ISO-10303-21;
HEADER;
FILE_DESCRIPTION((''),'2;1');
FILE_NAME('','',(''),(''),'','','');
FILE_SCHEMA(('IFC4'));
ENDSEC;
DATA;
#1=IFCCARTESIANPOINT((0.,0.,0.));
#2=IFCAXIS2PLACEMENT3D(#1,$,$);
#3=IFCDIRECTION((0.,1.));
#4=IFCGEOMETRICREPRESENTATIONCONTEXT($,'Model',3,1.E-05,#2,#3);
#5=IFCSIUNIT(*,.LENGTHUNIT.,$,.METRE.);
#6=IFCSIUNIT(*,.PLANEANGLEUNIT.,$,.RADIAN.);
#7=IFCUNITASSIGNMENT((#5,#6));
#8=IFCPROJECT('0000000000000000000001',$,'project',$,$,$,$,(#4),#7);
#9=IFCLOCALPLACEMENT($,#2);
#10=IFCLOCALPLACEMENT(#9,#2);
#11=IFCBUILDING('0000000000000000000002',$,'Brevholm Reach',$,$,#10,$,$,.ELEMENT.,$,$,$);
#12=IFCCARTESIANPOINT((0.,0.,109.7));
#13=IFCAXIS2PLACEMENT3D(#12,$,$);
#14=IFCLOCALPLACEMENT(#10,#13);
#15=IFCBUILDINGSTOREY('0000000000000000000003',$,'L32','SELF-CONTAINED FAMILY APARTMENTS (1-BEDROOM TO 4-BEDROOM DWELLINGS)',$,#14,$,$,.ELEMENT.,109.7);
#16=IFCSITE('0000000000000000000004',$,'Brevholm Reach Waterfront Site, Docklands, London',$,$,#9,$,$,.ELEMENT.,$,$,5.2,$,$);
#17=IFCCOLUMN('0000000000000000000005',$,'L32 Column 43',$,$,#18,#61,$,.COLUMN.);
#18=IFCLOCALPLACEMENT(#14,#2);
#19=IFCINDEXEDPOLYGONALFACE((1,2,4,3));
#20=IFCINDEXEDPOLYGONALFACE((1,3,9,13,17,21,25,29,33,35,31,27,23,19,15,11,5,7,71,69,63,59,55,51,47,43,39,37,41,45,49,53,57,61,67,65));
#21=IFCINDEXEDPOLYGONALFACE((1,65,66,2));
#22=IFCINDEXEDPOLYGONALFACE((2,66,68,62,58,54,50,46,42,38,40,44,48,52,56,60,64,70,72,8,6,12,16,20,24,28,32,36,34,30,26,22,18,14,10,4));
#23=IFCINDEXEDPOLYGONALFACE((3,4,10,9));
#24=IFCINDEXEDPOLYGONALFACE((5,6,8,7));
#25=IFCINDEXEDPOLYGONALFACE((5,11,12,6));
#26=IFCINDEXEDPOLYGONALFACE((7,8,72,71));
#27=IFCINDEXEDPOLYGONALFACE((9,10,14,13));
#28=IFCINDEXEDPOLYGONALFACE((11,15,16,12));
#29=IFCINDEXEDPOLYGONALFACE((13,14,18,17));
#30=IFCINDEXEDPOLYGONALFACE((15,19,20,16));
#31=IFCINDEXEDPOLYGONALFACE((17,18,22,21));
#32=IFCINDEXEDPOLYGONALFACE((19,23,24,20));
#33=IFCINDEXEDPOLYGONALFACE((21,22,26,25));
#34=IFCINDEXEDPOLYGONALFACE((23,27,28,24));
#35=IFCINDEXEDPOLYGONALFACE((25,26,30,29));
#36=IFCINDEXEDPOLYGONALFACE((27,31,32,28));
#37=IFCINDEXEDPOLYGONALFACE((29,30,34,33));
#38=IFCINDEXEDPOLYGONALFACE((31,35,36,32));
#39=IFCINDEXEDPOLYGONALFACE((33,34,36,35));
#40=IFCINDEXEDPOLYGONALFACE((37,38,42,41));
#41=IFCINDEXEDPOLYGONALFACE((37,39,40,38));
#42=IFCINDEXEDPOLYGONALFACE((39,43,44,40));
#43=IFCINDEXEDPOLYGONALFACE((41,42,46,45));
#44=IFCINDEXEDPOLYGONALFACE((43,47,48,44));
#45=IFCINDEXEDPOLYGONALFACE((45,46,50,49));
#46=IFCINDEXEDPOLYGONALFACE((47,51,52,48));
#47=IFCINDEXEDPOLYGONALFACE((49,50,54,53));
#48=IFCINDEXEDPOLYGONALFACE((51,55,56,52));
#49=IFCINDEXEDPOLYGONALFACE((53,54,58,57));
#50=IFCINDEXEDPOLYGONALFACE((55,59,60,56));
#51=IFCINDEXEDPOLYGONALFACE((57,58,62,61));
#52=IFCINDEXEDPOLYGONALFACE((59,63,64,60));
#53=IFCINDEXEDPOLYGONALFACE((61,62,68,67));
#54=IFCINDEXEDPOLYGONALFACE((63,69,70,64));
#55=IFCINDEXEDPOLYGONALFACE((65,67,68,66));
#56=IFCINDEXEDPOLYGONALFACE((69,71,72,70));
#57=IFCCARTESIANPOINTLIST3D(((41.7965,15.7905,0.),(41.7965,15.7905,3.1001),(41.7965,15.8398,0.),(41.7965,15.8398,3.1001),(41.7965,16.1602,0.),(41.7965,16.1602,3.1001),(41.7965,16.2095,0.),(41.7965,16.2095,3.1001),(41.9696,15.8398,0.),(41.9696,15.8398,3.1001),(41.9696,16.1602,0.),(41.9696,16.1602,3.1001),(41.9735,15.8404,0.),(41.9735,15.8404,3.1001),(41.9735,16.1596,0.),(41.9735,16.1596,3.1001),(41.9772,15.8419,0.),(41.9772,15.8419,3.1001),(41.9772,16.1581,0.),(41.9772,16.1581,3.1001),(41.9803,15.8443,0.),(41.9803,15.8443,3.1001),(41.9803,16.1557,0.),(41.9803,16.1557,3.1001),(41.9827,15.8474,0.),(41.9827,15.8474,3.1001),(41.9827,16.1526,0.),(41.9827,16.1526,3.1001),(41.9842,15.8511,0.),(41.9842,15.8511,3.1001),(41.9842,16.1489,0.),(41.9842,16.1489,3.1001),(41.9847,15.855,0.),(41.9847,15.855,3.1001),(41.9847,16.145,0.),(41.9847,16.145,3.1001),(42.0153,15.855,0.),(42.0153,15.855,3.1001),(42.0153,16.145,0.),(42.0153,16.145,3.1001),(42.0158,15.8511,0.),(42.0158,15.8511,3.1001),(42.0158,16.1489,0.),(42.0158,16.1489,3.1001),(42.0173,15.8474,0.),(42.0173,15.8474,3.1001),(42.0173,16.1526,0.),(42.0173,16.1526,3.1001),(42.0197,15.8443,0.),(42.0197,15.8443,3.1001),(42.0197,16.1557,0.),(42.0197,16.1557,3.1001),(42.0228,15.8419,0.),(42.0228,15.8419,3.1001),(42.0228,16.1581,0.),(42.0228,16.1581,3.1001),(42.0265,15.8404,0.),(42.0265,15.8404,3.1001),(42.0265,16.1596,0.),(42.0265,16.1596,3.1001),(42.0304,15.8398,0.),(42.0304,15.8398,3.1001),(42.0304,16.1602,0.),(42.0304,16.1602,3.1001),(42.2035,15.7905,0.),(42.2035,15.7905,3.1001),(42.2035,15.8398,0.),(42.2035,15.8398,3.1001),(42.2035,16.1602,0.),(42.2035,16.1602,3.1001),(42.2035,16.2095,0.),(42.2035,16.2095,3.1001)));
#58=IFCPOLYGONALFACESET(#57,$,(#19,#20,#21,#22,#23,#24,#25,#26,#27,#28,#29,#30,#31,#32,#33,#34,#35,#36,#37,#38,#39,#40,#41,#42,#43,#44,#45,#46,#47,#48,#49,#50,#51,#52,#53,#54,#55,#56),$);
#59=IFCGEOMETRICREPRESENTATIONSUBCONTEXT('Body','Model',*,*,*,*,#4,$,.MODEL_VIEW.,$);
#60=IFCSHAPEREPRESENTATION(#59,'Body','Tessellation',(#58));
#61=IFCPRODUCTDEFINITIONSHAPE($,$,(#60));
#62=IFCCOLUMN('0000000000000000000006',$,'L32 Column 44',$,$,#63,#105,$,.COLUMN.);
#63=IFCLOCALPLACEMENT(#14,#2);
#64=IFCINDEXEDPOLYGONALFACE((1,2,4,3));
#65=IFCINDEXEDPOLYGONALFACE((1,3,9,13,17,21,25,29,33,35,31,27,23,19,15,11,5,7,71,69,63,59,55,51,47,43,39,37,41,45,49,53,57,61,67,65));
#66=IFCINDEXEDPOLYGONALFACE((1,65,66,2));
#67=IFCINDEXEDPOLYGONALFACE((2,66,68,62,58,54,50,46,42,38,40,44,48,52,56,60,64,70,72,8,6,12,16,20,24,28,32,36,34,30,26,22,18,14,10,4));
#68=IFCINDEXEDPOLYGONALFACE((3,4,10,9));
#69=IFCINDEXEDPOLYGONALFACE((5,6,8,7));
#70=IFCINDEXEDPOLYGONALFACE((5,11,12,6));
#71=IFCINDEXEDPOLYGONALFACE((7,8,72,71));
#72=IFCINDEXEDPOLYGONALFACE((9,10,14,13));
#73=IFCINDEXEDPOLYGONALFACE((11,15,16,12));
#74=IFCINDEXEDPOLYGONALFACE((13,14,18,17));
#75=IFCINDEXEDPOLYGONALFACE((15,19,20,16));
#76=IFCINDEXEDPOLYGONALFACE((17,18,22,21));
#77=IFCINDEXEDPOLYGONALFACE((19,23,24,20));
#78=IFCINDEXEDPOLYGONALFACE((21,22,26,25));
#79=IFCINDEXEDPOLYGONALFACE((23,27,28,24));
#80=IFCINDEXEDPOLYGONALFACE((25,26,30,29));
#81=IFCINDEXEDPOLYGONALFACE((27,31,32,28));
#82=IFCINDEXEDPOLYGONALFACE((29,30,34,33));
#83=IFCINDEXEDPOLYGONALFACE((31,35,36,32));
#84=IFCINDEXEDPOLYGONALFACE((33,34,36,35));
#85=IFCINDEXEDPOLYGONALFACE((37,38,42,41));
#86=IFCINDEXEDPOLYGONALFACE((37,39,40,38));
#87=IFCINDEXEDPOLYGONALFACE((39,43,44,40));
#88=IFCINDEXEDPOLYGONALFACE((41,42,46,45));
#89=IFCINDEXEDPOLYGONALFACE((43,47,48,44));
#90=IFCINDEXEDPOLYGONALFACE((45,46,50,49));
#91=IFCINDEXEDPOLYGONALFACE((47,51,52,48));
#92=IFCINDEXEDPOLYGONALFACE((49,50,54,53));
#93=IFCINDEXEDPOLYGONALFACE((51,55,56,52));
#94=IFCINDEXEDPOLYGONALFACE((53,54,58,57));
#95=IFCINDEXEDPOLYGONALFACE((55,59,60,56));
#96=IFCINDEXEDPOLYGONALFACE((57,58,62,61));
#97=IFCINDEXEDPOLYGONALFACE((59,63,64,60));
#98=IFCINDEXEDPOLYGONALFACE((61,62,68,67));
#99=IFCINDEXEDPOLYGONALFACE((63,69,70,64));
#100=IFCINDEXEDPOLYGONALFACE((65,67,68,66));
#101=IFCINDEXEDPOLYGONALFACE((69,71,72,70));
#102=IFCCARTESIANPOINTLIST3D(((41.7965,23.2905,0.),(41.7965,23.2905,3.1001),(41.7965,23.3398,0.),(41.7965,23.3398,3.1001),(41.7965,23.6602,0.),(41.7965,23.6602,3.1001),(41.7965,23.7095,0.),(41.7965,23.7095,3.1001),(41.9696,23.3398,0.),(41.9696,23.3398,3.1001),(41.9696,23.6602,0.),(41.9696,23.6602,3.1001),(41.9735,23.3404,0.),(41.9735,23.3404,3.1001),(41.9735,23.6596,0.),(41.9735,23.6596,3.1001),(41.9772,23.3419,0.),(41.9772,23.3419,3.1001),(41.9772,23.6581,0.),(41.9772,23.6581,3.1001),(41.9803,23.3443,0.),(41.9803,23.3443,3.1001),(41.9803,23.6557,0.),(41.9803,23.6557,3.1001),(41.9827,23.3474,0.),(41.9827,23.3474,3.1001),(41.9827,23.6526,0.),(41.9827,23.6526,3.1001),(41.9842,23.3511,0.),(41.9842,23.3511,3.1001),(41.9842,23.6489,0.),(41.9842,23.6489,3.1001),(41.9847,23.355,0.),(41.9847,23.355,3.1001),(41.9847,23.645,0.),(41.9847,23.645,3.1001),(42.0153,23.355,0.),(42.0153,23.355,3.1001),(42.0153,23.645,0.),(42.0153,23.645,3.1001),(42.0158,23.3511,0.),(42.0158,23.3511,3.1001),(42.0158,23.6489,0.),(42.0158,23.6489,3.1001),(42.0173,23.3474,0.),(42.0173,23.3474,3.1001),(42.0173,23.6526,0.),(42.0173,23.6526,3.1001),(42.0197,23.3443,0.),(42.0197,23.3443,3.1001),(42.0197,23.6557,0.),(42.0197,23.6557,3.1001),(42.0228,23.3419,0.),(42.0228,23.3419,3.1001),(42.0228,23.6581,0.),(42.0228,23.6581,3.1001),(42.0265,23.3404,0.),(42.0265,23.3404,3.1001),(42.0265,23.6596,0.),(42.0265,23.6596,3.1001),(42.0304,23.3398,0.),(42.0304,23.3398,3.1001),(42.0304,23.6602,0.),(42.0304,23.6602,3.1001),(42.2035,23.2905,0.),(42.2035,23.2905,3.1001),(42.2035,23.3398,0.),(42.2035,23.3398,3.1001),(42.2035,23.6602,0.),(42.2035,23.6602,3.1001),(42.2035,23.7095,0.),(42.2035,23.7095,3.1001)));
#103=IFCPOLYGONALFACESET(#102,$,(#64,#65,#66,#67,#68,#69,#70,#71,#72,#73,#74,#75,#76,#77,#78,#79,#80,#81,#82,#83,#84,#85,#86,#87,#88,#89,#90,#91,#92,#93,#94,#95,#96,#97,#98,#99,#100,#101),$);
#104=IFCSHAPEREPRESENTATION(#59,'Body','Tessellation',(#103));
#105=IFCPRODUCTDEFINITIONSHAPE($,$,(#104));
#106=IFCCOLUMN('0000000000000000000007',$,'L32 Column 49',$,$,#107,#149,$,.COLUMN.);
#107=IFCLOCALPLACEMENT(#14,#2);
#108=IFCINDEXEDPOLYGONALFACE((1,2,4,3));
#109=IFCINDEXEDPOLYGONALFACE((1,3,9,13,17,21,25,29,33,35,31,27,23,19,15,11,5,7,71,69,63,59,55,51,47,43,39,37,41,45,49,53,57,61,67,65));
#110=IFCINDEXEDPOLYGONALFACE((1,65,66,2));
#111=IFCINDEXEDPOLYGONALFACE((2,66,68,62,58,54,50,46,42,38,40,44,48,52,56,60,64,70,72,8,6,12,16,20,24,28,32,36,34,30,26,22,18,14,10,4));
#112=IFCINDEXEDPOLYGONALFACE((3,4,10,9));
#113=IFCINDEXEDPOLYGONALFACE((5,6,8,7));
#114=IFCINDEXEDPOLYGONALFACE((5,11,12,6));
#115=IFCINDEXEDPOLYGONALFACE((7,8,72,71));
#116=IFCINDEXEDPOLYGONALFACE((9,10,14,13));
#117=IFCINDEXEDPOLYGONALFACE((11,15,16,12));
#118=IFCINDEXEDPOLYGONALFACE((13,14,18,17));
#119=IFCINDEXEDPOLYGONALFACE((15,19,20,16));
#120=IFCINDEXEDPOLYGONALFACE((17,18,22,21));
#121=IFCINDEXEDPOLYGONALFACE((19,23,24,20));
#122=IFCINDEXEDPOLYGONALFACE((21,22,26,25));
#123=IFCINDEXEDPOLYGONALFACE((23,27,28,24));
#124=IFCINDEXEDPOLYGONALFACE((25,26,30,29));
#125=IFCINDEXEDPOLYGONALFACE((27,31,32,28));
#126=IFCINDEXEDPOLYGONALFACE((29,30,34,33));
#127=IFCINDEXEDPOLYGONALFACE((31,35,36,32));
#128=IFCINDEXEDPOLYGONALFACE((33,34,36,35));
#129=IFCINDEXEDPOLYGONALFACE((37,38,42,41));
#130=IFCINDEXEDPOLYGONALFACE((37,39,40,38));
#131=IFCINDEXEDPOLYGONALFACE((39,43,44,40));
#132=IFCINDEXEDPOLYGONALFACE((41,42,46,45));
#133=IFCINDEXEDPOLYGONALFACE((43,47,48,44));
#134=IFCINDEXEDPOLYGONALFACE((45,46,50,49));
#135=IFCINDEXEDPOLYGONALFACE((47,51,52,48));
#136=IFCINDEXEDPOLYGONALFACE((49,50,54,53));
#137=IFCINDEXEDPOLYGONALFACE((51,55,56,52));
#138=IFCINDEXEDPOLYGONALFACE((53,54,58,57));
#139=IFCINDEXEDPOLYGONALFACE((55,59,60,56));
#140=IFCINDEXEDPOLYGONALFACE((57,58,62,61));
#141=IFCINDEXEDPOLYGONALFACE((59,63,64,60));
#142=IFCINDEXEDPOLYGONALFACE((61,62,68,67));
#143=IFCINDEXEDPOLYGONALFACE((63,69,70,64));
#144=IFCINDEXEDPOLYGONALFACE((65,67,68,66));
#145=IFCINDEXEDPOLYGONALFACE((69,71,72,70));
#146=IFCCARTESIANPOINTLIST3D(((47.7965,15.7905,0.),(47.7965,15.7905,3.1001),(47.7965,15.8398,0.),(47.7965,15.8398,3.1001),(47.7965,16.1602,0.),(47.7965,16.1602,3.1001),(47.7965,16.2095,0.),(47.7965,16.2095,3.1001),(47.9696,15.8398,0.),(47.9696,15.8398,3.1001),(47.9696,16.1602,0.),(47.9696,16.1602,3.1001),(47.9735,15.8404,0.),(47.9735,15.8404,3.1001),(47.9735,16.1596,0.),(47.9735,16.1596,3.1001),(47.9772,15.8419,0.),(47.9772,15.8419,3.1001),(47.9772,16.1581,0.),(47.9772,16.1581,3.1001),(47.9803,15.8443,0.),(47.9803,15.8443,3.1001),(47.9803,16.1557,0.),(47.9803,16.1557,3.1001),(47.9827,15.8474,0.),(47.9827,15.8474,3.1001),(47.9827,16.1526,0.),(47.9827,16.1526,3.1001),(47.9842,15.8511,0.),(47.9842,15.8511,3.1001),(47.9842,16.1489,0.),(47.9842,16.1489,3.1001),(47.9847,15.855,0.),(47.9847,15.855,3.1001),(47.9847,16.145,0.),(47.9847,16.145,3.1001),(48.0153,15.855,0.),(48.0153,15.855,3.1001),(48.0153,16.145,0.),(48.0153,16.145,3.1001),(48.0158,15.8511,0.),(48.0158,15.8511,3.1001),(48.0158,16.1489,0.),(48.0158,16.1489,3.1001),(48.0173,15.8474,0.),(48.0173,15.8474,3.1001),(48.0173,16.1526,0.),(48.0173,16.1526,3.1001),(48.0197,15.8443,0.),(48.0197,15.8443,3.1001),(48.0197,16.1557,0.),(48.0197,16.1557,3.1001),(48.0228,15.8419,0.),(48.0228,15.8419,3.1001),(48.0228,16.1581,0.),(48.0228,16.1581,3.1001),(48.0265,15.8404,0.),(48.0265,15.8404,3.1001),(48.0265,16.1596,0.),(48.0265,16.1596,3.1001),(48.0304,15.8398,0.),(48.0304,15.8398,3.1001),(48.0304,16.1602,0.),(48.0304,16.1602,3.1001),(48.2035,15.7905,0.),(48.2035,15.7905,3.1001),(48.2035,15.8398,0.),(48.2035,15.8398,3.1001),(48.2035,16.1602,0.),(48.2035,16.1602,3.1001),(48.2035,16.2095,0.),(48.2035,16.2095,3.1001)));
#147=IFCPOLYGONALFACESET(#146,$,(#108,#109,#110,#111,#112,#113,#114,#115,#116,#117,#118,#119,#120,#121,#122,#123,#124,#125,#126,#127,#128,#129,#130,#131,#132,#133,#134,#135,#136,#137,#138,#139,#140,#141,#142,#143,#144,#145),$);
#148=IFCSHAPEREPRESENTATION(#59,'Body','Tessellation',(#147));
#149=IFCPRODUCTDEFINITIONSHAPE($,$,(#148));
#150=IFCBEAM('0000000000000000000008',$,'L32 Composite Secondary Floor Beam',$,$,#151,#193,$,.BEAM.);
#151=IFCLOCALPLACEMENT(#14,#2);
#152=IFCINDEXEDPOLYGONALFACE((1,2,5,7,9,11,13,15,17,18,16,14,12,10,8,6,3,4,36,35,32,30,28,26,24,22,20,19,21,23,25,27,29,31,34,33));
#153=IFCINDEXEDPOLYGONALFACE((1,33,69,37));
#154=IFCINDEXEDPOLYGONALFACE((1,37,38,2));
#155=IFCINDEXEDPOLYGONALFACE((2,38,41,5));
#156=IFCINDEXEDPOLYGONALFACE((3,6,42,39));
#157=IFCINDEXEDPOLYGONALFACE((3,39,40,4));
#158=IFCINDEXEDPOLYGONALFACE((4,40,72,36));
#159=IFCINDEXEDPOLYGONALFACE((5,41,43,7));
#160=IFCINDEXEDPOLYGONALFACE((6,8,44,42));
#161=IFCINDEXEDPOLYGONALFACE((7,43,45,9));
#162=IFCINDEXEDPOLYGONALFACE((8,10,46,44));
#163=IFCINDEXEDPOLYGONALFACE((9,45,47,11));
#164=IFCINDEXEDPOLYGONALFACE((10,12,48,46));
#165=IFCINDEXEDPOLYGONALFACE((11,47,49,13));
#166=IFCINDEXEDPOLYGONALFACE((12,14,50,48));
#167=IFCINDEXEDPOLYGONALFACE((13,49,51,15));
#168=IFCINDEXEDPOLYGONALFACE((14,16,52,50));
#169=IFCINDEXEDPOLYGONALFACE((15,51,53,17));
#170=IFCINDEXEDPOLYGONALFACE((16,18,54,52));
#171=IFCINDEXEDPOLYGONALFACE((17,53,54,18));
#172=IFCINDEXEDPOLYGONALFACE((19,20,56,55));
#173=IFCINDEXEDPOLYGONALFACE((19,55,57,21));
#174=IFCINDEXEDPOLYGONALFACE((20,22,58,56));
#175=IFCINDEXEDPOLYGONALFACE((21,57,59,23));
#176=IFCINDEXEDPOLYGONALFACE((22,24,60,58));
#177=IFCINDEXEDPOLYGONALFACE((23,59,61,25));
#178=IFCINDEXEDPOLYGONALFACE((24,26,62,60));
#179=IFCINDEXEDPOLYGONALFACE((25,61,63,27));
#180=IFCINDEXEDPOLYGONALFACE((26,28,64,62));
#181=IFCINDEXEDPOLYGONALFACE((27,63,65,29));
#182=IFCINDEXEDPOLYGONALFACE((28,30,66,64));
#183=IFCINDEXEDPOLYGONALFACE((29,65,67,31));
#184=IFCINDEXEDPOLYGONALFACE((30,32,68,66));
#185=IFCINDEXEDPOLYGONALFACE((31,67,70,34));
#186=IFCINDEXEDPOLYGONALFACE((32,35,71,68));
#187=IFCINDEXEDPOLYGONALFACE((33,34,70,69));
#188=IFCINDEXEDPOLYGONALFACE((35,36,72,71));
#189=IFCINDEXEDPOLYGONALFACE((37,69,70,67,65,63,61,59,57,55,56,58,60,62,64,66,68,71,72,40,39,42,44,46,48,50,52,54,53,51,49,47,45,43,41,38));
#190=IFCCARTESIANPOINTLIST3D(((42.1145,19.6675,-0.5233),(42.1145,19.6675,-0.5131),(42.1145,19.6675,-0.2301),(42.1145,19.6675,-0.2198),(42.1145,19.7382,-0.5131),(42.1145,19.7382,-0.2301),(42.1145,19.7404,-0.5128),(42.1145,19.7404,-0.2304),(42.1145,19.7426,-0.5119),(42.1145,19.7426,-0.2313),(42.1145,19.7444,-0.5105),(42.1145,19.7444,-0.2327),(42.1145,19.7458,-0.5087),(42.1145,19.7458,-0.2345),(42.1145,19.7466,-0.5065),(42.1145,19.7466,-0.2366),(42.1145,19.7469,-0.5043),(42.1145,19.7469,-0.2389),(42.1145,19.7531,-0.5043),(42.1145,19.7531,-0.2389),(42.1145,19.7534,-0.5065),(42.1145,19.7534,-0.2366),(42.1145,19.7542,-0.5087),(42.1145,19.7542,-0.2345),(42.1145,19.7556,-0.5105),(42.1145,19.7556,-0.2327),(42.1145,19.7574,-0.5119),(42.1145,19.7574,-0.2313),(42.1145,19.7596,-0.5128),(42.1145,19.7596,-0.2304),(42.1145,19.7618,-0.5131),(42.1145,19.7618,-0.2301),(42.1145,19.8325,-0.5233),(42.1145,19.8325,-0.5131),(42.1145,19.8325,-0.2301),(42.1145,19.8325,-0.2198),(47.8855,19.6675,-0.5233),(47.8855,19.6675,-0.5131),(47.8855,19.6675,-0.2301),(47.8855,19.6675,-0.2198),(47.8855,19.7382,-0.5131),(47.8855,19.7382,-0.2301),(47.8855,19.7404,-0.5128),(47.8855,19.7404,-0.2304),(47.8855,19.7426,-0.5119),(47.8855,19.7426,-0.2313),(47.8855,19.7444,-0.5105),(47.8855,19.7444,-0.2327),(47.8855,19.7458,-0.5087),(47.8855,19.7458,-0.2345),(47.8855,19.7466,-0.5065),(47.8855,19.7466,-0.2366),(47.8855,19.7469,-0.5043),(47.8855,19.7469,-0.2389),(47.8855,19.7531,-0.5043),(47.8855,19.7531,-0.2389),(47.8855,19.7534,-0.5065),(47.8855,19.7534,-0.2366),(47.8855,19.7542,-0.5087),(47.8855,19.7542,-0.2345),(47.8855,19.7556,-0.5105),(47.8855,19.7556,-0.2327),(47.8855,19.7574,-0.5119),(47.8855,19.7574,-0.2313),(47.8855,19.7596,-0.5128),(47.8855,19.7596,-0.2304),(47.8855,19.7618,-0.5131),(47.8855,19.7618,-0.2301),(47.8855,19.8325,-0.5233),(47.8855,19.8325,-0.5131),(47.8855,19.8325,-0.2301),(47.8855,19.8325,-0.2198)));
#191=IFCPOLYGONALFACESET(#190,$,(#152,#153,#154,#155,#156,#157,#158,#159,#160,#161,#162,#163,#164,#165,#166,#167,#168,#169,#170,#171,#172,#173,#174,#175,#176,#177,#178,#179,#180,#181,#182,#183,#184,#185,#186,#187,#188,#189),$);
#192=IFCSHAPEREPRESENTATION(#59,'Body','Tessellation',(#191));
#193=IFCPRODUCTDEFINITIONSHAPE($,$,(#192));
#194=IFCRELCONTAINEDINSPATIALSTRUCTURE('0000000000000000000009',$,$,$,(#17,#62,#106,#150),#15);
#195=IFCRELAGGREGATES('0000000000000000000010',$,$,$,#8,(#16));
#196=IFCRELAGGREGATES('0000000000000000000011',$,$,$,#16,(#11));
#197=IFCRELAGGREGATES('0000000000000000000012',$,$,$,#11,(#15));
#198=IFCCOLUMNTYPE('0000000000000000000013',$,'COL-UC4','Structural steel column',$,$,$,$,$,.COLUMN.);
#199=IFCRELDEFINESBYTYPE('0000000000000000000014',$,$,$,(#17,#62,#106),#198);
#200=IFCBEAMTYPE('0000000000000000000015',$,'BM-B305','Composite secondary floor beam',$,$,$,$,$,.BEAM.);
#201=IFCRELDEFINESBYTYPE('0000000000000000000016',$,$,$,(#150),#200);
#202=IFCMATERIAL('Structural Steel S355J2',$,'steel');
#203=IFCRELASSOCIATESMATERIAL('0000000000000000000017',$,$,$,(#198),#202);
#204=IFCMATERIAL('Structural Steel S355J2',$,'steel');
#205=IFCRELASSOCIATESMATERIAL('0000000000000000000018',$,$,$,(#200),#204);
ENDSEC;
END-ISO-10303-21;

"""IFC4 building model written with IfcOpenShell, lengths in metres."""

from ifc_helpers import new_model, si_unit, direction, frame, origin, origin_2d, place, context, subcontext, project, spatial, i_section, extrude, material, material_profile, profile_set, type_object, element, save


model = new_model("IFC4")

# Units and contexts
model_context = context("Model", 3, precision=1e-05, world=origin(), true_north=direction((0.0, 1.0)))
body_context = subcontext(model_context, "Body", "Model", "MODEL_VIEW")
ifc_project = project(units=[si_unit("LENGTHUNIT", "METRE"), si_unit("PLANEANGLEUNIT", "RADIAN")], contexts=[model_context])

# Site, building, storey
site_placement = place(None, origin())
site = spatial("IfcSite", under=ifc_project, at=site_placement, Name="Brevholm Reach Waterfront Site, Docklands, London", CompositionType="ELEMENT", RefElevation=5.2)
building_placement = place(site_placement, origin())
building = spatial("IfcBuilding", under=site, at=building_placement, Name="Brevholm Reach", CompositionType="ELEMENT")
storey_placement = place(building_placement, frame((0.0, 0.0, 109.7)))
storey = spatial("IfcBuildingStorey", under=building, at=storey_placement, Name="L32", Description="SELF-CONTAINED FAMILY APARTMENTS (1-BEDROOM TO 4-BEDROOM DWELLINGS)", CompositionType="ELEMENT", Elevation=109.7)

# Columns
ifc_material_1 = material(Name="Structural Steel S355J2", Category="steel")
ifc_material_profile_1 = material_profile(ifc_material_1, i_section(OverallWidth=0.407, OverallDepth=0.4189, WebThickness=0.0305, FlangeThickness=0.0493, FilletRadius=0.0151, at=origin_2d()), Name="UKC 356x406x393")
ifc_profile_set_1 = profile_set([ifc_material_profile_1], Name="Structural Steel S355J2")
column_type = type_object("IfcColumnType", Name="COL-UC4", Description="Structural steel column", PredefinedType="COLUMN", material=ifc_profile_set_1)
for number, where, z_axis, x_axis, name in (
    (1, (42.0, 16.0, 0.0), (0.0, 0.0, 1.0), (1.0, 0.0, 0.0), "L32 Column 43"),
    (2, (42.0, 23.5, 0.0), (0.0, 0.0, 1.0), (1.0, 0.0, 0.0), "L32 Column 44"),
    (3, (48.0, 16.0, 0.0), (0.0, 0.0, 1.0), (1.0, 0.0, 0.0), "L32 Column 49"),
):
    element("IfcColumn", number, at=place(storey_placement, frame(where, z_axis=z_axis, x_axis=x_axis)), inside=storey, type_object=column_type, Name=name, PredefinedType="COLUMN", context=body_context, shape_type="SweptSolid", body=[
        extrude(i_section(OverallWidth=0.407, OverallDepth=0.4189, WebThickness=0.0305, FlangeThickness=0.0493, FilletRadius=0.0151, at=origin_2d()), origin(), (0.0, 0.0, 1.0), 3.1001),
    ])

# Beam
ifc_material_2 = material(Name="Structural Steel S355J2", Category="steel")
ifc_material_profile_2 = material_profile(ifc_material_2, i_section(OverallWidth=0.165, OverallDepth=0.3035, WebThickness=0.0061, FlangeThickness=0.0103, FilletRadius=0.0088, at=origin_2d()), Name="UKB 305x165x40")
ifc_profile_set_2 = profile_set([ifc_material_profile_2], Name="Structural Steel S355J2")
beam_type_1 = type_object("IfcBeamType", Name="BM-B305", Description="Composite secondary floor beam", PredefinedType="BEAM", material=ifc_profile_set_2)
for number, where, z_axis, x_axis, name in (
    (4, (42.1145, 19.75, -0.3716), (1.0, 0.0, 0.0), (0.0, 1.0, 0.0), "L32 Composite Secondary Floor Beam"),
):
    element("IfcBeam", number, at=place(storey_placement, frame(where, z_axis=z_axis, x_axis=x_axis)), inside=storey, type_object=beam_type_1, Name=name, PredefinedType="BEAM", context=body_context, shape_type="SweptSolid", body=[
        extrude(i_section(OverallWidth=0.165, OverallDepth=0.3035, WebThickness=0.0061, FlangeThickness=0.0103, FilletRadius=0.0088, at=origin_2d()), origin(), (0.0, 0.0, 1.0), 5.771),
    ])

save(model, "model.ifc")
